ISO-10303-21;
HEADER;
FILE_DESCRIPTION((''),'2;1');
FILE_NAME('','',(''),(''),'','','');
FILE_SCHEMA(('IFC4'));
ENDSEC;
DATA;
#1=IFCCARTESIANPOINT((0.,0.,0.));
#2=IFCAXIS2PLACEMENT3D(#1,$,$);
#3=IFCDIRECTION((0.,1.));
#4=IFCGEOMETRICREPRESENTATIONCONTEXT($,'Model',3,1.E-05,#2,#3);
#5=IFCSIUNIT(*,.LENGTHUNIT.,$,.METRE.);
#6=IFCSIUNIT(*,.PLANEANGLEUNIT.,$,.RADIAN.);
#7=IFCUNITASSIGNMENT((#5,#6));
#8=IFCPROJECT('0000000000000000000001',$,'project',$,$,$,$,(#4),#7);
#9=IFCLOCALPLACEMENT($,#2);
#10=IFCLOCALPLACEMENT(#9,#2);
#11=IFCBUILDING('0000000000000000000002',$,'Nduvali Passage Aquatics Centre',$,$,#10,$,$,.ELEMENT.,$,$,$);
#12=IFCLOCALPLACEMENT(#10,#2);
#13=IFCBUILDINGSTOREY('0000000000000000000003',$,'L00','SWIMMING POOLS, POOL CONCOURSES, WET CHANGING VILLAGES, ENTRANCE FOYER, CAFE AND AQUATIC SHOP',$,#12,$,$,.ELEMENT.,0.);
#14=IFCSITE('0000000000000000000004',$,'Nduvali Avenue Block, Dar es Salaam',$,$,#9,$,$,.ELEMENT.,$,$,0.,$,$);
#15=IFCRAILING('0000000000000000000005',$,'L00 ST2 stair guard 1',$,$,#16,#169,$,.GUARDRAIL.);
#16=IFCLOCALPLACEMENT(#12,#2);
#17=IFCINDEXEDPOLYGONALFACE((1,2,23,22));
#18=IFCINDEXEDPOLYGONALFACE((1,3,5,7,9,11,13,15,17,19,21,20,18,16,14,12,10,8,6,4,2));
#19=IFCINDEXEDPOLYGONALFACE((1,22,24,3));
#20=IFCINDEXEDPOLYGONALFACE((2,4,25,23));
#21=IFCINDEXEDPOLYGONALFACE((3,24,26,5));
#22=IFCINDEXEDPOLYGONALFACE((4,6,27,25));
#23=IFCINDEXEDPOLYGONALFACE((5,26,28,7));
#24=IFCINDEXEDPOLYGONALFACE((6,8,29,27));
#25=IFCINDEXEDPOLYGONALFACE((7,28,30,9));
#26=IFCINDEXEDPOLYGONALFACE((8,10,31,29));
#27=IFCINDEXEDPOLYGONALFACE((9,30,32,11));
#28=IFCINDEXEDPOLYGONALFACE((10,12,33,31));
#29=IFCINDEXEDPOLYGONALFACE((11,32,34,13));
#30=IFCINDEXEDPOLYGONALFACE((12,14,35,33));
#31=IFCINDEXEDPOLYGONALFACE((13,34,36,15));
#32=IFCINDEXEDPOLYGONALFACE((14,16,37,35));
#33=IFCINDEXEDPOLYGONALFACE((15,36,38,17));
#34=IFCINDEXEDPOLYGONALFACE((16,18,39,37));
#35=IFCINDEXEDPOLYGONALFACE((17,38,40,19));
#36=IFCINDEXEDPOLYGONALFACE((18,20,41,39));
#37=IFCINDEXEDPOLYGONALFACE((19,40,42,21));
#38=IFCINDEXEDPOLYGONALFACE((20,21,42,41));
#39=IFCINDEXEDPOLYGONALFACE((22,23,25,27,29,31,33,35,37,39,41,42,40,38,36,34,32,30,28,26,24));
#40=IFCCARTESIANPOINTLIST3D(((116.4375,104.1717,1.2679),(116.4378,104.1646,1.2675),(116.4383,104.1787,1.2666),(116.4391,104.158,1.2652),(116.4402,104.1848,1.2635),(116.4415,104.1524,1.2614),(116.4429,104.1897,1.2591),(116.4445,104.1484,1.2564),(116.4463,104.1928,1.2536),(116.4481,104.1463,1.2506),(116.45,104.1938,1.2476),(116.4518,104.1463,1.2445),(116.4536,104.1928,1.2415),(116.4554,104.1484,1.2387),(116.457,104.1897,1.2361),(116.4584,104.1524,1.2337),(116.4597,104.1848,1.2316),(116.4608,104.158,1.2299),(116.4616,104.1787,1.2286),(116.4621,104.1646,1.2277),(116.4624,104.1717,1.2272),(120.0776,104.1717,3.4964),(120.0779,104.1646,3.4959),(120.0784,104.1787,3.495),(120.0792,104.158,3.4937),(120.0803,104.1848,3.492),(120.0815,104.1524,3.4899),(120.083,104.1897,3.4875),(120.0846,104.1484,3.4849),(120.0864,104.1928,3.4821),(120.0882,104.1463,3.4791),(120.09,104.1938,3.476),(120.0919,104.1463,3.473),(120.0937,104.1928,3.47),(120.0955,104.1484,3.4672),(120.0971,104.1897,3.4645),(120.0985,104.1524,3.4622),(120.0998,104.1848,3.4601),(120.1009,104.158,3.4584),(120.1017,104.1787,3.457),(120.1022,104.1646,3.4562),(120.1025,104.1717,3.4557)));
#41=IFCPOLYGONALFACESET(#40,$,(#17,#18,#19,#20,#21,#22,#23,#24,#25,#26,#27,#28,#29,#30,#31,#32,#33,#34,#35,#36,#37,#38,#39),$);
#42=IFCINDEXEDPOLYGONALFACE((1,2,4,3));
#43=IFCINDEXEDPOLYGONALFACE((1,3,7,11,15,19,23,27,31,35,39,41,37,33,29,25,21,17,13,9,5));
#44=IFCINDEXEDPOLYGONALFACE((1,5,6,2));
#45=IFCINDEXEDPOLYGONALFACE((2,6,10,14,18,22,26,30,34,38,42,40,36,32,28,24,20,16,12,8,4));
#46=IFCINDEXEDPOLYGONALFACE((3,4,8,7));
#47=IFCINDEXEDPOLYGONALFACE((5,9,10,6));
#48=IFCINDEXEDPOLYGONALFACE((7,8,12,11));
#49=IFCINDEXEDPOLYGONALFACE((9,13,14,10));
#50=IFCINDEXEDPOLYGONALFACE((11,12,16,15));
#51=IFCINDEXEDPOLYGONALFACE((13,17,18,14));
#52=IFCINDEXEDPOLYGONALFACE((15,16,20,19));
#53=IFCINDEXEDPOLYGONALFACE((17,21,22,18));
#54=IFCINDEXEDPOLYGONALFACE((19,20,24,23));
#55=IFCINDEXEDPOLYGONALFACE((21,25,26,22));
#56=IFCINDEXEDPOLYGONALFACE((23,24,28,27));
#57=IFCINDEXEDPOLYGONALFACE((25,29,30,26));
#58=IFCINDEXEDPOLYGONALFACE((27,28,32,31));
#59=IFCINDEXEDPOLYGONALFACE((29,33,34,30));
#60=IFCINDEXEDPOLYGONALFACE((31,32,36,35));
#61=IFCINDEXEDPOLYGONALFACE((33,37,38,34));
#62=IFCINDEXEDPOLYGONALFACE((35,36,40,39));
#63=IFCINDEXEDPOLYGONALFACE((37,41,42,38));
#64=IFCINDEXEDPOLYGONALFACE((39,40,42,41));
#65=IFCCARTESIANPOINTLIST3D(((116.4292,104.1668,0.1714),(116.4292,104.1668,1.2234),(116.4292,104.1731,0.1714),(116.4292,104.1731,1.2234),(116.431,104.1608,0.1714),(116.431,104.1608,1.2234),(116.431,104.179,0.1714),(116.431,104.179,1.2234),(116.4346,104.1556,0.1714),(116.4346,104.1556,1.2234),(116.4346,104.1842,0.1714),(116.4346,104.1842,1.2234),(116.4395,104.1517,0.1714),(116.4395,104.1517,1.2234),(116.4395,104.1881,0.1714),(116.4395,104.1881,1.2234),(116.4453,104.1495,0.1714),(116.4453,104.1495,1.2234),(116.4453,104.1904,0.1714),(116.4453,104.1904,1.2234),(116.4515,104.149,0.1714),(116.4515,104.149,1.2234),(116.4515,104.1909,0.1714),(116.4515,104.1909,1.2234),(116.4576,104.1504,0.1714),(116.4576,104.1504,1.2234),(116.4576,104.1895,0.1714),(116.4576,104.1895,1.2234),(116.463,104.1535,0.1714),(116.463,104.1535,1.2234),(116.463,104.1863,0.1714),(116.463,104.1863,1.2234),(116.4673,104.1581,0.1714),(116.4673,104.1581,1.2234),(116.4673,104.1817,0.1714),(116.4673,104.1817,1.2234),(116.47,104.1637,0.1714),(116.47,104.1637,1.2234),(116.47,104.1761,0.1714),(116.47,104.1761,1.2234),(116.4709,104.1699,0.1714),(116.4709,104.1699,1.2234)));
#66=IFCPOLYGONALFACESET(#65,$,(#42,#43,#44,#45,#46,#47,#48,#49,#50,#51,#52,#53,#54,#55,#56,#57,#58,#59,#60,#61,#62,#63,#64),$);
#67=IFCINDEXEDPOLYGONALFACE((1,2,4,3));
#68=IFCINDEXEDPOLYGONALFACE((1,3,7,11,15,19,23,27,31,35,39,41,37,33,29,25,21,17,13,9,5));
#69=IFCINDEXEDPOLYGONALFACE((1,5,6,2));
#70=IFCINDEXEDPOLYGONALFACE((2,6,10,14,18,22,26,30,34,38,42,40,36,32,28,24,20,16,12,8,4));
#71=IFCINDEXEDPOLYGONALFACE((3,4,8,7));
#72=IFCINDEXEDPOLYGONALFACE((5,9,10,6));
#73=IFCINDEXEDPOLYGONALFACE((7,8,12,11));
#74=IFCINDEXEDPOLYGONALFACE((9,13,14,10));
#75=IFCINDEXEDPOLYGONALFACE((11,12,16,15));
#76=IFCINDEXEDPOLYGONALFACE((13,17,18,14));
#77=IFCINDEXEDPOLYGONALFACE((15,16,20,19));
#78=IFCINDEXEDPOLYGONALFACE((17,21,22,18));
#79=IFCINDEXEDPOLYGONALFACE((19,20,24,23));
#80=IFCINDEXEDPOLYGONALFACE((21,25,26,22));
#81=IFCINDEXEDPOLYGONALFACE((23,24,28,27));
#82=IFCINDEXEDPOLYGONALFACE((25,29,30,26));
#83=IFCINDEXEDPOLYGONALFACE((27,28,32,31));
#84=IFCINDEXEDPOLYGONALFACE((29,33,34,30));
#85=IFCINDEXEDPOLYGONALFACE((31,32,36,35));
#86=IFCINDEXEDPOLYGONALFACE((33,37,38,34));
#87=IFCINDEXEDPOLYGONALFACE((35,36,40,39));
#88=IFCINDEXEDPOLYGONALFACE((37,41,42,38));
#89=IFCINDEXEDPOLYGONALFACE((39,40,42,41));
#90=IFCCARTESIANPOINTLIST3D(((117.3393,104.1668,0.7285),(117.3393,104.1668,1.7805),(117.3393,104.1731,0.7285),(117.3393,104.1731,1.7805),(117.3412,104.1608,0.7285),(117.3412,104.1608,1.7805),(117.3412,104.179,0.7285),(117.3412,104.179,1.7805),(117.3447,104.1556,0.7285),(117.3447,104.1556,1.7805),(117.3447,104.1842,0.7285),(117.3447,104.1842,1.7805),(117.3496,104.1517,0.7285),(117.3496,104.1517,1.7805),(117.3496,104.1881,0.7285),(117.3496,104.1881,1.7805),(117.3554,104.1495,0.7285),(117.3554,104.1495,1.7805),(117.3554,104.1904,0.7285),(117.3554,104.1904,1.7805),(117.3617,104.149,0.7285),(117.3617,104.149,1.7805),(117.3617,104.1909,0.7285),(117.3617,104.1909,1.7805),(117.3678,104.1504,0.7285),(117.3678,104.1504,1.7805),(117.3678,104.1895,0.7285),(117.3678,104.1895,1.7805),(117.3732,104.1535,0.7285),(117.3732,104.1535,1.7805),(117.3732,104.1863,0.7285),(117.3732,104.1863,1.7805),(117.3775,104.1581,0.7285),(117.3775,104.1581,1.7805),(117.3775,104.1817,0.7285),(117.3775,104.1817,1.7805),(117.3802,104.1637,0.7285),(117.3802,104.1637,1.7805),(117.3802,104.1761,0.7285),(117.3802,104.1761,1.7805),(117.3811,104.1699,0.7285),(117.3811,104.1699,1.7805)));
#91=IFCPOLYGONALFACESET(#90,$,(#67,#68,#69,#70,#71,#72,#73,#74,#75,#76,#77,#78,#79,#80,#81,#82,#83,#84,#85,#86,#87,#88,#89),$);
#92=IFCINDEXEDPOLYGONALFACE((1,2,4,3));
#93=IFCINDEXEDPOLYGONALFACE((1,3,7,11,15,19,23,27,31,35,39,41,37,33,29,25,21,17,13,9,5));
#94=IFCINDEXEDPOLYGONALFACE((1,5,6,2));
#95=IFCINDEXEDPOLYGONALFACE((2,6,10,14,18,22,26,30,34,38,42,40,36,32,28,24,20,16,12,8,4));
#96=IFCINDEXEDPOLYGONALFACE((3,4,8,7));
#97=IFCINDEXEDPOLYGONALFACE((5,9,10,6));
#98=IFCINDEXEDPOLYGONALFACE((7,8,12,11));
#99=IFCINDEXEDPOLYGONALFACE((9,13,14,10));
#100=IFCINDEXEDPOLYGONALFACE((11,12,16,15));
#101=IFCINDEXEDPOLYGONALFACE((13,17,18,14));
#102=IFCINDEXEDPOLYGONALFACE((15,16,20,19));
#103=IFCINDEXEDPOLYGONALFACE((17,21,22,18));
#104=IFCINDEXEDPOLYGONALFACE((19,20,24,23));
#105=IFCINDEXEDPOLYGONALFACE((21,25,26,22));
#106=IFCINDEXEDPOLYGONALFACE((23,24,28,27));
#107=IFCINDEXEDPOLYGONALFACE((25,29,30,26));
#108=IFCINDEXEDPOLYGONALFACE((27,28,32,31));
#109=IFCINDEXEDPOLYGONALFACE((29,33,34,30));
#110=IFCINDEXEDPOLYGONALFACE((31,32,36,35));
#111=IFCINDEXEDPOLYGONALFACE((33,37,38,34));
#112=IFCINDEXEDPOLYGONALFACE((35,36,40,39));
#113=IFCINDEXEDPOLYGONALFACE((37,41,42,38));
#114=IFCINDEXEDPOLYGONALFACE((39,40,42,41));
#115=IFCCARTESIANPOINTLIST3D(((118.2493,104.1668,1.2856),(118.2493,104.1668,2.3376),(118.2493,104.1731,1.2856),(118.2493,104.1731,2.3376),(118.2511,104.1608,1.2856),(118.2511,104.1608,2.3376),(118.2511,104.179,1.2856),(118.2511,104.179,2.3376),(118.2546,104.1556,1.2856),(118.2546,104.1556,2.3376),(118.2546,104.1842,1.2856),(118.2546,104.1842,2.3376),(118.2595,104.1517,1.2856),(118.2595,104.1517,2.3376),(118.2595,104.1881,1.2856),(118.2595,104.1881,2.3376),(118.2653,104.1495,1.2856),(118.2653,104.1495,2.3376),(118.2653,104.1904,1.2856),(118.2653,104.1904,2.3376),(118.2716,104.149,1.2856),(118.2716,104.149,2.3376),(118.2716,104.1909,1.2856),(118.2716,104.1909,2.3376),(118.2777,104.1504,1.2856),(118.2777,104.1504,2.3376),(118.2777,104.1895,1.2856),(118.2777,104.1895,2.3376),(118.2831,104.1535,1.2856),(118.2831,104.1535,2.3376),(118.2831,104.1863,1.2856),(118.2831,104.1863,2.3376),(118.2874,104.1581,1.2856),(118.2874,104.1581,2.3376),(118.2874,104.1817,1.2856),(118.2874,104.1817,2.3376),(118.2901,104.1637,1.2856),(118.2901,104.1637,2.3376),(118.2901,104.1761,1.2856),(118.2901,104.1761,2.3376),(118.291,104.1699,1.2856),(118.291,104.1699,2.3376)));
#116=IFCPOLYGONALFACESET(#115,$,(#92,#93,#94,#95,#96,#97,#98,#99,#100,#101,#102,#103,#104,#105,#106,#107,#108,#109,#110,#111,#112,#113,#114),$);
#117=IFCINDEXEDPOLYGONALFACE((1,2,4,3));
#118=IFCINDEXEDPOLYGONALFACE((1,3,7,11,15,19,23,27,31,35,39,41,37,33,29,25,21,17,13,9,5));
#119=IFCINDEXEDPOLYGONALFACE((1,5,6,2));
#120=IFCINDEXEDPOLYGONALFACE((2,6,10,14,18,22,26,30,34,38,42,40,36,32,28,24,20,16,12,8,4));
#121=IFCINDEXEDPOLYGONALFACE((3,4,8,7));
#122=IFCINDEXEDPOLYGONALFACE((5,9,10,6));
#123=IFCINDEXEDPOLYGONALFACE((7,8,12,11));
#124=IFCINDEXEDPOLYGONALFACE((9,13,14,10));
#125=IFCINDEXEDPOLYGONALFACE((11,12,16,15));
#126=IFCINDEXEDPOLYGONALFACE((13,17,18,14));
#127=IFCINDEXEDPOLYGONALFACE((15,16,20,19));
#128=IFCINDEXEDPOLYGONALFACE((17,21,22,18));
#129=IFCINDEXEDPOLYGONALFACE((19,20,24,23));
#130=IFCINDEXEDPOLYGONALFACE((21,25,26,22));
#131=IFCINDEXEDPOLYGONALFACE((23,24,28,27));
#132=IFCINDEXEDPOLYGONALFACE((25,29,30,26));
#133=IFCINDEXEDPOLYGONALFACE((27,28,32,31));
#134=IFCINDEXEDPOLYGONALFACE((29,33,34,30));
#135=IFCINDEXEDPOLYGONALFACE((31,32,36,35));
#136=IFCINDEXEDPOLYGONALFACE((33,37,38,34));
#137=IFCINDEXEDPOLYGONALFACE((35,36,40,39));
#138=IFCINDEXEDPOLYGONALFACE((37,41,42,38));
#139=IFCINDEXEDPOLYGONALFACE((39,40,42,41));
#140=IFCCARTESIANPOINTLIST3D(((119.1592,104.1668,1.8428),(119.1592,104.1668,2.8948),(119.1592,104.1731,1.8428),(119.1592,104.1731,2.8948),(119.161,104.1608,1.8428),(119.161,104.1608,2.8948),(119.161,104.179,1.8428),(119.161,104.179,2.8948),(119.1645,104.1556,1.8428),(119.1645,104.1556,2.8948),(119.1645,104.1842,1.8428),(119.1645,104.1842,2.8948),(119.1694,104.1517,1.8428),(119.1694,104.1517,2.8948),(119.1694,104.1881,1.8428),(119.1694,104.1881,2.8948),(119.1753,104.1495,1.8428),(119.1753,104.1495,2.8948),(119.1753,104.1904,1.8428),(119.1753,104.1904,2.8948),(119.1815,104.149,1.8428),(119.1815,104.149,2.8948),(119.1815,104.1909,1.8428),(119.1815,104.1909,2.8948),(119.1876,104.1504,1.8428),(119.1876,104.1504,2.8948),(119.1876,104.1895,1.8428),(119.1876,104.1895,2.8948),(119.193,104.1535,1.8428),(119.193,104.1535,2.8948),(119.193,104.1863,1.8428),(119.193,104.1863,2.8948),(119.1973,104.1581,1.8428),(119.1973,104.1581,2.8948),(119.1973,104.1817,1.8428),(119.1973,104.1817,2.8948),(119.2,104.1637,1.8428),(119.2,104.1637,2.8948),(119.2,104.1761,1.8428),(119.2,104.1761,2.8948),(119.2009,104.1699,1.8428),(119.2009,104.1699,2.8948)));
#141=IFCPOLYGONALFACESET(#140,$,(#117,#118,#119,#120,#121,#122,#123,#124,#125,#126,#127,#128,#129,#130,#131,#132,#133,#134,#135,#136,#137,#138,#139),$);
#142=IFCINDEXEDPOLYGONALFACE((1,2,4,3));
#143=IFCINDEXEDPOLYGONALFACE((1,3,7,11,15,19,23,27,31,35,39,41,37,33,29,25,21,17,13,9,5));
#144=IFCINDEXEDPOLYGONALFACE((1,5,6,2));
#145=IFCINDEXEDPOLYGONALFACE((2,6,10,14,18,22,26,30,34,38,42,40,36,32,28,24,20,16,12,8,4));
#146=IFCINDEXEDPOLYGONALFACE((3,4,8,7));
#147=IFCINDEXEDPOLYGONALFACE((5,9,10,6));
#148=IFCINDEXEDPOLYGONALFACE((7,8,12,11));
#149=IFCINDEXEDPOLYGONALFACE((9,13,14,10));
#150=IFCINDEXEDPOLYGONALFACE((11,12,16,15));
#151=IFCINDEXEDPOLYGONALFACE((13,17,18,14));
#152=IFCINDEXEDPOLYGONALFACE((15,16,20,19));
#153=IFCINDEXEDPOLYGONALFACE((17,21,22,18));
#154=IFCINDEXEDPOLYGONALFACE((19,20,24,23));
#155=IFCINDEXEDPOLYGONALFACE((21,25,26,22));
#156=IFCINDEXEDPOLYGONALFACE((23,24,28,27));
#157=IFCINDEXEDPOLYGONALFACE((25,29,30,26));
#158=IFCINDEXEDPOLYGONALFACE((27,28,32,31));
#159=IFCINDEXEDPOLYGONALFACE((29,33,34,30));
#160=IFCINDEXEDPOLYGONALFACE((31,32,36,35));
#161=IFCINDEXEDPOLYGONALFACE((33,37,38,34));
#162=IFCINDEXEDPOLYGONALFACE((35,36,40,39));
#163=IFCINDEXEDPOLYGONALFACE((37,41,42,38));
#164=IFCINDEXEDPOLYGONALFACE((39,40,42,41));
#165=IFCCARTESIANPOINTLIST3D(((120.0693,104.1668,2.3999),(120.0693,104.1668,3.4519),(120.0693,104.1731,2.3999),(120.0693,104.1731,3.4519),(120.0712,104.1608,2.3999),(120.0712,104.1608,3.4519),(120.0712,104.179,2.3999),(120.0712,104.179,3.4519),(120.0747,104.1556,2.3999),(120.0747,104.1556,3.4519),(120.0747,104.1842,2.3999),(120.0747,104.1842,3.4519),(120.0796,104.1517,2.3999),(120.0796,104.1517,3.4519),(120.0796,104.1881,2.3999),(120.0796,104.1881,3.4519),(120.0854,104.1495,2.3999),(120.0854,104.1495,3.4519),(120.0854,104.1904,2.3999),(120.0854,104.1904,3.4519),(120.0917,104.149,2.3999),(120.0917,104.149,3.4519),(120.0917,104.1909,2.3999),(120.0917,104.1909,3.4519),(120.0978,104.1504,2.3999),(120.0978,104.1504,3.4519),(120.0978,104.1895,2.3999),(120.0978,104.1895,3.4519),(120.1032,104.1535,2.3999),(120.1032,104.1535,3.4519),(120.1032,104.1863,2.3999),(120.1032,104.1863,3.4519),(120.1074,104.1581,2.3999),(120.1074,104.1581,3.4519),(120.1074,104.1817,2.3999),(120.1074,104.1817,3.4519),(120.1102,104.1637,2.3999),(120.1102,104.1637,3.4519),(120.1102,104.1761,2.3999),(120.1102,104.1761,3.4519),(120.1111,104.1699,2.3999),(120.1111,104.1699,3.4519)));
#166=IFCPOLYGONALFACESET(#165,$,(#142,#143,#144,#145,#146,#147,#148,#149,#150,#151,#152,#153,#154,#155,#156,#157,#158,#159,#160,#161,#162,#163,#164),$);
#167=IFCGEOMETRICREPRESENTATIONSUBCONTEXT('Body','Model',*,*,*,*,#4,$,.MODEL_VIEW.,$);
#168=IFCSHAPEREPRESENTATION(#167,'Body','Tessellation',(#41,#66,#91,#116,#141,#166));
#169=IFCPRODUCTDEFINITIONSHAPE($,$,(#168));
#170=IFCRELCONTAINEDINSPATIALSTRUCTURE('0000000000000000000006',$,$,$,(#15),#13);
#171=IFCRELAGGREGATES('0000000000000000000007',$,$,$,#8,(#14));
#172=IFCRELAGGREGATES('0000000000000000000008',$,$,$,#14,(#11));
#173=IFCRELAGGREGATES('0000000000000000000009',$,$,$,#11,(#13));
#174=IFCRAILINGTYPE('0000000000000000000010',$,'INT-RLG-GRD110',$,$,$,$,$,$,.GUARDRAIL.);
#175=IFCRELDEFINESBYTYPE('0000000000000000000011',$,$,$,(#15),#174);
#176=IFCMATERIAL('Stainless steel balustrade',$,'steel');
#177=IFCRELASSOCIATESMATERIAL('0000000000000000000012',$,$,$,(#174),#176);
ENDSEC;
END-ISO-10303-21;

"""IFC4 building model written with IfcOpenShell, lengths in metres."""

from ifc_helpers import new_model, si_unit, direction, frame, origin, origin_2d, place, context, subcontext, project, spatial, circle, extrude, material, type_object, element, save


model = new_model("IFC4")

# Units and contexts
model_context = context("Model", 3, precision=1e-05, world=origin(), true_north=direction((0.0, 1.0)))
body_context = subcontext(model_context, "Body", "Model", "MODEL_VIEW")
ifc_project = project(units=[si_unit("LENGTHUNIT", "METRE"), si_unit("PLANEANGLEUNIT", "RADIAN")], contexts=[model_context])

# Site, building, storey
site_placement = place(None, origin())
site = spatial("IfcSite", under=ifc_project, at=site_placement, Name="Nduvali Avenue Block, Dar es Salaam", CompositionType="ELEMENT", RefElevation=0.0)
building_placement = place(site_placement, origin())
building = spatial("IfcBuilding", under=site, at=building_placement, Name="Nduvali Passage Aquatics Centre", CompositionType="ELEMENT")
storey_placement = place(building_placement, origin())
storey = spatial("IfcBuildingStorey", under=building, at=storey_placement, Name="L00", Description="SWIMMING POOLS, POOL CONCOURSES, WET CHANGING VILLAGES, ENTRANCE FOYER, CAFE AND AQUATIC SHOP", CompositionType="ELEMENT", Elevation=0.0)

# Railing
ifc_material_1 = material(Name="Stainless steel balustrade", Category="steel")
railing_type_1 = type_object("IfcRailingType", Name="INT-RLG-GRD110", PredefinedType="GUARDRAIL", material=ifc_material_1)
railing_1_placement = place(storey_placement, frame((116.45, 104.1699, 0.1714)))
element("IfcRailing", 1, at=railing_1_placement, inside=storey, type_object=railing_type_1, Name="L00 ST2 stair guard 1", PredefinedType="GUARDRAIL", context=body_context, shape_type="SweptSolid", body=[
    extrude(circle(Radius=0.0239, at=origin_2d()), frame((0.0, 0.0, 1.0762), z_axis=(0.852866, 0.0, 0.52213), x_axis=(0.0, 1.0, 0.0)), (0.0, 0.0, 1.0), 4.2681),
    extrude(circle(Radius=0.021, at=origin_2d()), origin(), (0.0, 0.0, 1.0), 1.052),
    extrude(circle(Radius=0.021, at=origin_2d()), frame((0.9102, 0.0, 0.5571)), (0.0, 0.0, 1.0), 1.052),
    extrude(circle(Radius=0.021, at=origin_2d()), frame((1.8201, 0.0, 1.1143)), (0.0, 0.0, 1.0), 1.052),
    extrude(circle(Radius=0.021, at=origin_2d()), frame((2.73, 0.0, 1.6714)), (0.0, 0.0, 1.0), 1.052),
    extrude(circle(Radius=0.021, at=origin_2d()), frame((3.6401, 0.0, 2.2285)), (0.0, 0.0, 1.0), 1.052),
])

save(model, "model.ifc")
